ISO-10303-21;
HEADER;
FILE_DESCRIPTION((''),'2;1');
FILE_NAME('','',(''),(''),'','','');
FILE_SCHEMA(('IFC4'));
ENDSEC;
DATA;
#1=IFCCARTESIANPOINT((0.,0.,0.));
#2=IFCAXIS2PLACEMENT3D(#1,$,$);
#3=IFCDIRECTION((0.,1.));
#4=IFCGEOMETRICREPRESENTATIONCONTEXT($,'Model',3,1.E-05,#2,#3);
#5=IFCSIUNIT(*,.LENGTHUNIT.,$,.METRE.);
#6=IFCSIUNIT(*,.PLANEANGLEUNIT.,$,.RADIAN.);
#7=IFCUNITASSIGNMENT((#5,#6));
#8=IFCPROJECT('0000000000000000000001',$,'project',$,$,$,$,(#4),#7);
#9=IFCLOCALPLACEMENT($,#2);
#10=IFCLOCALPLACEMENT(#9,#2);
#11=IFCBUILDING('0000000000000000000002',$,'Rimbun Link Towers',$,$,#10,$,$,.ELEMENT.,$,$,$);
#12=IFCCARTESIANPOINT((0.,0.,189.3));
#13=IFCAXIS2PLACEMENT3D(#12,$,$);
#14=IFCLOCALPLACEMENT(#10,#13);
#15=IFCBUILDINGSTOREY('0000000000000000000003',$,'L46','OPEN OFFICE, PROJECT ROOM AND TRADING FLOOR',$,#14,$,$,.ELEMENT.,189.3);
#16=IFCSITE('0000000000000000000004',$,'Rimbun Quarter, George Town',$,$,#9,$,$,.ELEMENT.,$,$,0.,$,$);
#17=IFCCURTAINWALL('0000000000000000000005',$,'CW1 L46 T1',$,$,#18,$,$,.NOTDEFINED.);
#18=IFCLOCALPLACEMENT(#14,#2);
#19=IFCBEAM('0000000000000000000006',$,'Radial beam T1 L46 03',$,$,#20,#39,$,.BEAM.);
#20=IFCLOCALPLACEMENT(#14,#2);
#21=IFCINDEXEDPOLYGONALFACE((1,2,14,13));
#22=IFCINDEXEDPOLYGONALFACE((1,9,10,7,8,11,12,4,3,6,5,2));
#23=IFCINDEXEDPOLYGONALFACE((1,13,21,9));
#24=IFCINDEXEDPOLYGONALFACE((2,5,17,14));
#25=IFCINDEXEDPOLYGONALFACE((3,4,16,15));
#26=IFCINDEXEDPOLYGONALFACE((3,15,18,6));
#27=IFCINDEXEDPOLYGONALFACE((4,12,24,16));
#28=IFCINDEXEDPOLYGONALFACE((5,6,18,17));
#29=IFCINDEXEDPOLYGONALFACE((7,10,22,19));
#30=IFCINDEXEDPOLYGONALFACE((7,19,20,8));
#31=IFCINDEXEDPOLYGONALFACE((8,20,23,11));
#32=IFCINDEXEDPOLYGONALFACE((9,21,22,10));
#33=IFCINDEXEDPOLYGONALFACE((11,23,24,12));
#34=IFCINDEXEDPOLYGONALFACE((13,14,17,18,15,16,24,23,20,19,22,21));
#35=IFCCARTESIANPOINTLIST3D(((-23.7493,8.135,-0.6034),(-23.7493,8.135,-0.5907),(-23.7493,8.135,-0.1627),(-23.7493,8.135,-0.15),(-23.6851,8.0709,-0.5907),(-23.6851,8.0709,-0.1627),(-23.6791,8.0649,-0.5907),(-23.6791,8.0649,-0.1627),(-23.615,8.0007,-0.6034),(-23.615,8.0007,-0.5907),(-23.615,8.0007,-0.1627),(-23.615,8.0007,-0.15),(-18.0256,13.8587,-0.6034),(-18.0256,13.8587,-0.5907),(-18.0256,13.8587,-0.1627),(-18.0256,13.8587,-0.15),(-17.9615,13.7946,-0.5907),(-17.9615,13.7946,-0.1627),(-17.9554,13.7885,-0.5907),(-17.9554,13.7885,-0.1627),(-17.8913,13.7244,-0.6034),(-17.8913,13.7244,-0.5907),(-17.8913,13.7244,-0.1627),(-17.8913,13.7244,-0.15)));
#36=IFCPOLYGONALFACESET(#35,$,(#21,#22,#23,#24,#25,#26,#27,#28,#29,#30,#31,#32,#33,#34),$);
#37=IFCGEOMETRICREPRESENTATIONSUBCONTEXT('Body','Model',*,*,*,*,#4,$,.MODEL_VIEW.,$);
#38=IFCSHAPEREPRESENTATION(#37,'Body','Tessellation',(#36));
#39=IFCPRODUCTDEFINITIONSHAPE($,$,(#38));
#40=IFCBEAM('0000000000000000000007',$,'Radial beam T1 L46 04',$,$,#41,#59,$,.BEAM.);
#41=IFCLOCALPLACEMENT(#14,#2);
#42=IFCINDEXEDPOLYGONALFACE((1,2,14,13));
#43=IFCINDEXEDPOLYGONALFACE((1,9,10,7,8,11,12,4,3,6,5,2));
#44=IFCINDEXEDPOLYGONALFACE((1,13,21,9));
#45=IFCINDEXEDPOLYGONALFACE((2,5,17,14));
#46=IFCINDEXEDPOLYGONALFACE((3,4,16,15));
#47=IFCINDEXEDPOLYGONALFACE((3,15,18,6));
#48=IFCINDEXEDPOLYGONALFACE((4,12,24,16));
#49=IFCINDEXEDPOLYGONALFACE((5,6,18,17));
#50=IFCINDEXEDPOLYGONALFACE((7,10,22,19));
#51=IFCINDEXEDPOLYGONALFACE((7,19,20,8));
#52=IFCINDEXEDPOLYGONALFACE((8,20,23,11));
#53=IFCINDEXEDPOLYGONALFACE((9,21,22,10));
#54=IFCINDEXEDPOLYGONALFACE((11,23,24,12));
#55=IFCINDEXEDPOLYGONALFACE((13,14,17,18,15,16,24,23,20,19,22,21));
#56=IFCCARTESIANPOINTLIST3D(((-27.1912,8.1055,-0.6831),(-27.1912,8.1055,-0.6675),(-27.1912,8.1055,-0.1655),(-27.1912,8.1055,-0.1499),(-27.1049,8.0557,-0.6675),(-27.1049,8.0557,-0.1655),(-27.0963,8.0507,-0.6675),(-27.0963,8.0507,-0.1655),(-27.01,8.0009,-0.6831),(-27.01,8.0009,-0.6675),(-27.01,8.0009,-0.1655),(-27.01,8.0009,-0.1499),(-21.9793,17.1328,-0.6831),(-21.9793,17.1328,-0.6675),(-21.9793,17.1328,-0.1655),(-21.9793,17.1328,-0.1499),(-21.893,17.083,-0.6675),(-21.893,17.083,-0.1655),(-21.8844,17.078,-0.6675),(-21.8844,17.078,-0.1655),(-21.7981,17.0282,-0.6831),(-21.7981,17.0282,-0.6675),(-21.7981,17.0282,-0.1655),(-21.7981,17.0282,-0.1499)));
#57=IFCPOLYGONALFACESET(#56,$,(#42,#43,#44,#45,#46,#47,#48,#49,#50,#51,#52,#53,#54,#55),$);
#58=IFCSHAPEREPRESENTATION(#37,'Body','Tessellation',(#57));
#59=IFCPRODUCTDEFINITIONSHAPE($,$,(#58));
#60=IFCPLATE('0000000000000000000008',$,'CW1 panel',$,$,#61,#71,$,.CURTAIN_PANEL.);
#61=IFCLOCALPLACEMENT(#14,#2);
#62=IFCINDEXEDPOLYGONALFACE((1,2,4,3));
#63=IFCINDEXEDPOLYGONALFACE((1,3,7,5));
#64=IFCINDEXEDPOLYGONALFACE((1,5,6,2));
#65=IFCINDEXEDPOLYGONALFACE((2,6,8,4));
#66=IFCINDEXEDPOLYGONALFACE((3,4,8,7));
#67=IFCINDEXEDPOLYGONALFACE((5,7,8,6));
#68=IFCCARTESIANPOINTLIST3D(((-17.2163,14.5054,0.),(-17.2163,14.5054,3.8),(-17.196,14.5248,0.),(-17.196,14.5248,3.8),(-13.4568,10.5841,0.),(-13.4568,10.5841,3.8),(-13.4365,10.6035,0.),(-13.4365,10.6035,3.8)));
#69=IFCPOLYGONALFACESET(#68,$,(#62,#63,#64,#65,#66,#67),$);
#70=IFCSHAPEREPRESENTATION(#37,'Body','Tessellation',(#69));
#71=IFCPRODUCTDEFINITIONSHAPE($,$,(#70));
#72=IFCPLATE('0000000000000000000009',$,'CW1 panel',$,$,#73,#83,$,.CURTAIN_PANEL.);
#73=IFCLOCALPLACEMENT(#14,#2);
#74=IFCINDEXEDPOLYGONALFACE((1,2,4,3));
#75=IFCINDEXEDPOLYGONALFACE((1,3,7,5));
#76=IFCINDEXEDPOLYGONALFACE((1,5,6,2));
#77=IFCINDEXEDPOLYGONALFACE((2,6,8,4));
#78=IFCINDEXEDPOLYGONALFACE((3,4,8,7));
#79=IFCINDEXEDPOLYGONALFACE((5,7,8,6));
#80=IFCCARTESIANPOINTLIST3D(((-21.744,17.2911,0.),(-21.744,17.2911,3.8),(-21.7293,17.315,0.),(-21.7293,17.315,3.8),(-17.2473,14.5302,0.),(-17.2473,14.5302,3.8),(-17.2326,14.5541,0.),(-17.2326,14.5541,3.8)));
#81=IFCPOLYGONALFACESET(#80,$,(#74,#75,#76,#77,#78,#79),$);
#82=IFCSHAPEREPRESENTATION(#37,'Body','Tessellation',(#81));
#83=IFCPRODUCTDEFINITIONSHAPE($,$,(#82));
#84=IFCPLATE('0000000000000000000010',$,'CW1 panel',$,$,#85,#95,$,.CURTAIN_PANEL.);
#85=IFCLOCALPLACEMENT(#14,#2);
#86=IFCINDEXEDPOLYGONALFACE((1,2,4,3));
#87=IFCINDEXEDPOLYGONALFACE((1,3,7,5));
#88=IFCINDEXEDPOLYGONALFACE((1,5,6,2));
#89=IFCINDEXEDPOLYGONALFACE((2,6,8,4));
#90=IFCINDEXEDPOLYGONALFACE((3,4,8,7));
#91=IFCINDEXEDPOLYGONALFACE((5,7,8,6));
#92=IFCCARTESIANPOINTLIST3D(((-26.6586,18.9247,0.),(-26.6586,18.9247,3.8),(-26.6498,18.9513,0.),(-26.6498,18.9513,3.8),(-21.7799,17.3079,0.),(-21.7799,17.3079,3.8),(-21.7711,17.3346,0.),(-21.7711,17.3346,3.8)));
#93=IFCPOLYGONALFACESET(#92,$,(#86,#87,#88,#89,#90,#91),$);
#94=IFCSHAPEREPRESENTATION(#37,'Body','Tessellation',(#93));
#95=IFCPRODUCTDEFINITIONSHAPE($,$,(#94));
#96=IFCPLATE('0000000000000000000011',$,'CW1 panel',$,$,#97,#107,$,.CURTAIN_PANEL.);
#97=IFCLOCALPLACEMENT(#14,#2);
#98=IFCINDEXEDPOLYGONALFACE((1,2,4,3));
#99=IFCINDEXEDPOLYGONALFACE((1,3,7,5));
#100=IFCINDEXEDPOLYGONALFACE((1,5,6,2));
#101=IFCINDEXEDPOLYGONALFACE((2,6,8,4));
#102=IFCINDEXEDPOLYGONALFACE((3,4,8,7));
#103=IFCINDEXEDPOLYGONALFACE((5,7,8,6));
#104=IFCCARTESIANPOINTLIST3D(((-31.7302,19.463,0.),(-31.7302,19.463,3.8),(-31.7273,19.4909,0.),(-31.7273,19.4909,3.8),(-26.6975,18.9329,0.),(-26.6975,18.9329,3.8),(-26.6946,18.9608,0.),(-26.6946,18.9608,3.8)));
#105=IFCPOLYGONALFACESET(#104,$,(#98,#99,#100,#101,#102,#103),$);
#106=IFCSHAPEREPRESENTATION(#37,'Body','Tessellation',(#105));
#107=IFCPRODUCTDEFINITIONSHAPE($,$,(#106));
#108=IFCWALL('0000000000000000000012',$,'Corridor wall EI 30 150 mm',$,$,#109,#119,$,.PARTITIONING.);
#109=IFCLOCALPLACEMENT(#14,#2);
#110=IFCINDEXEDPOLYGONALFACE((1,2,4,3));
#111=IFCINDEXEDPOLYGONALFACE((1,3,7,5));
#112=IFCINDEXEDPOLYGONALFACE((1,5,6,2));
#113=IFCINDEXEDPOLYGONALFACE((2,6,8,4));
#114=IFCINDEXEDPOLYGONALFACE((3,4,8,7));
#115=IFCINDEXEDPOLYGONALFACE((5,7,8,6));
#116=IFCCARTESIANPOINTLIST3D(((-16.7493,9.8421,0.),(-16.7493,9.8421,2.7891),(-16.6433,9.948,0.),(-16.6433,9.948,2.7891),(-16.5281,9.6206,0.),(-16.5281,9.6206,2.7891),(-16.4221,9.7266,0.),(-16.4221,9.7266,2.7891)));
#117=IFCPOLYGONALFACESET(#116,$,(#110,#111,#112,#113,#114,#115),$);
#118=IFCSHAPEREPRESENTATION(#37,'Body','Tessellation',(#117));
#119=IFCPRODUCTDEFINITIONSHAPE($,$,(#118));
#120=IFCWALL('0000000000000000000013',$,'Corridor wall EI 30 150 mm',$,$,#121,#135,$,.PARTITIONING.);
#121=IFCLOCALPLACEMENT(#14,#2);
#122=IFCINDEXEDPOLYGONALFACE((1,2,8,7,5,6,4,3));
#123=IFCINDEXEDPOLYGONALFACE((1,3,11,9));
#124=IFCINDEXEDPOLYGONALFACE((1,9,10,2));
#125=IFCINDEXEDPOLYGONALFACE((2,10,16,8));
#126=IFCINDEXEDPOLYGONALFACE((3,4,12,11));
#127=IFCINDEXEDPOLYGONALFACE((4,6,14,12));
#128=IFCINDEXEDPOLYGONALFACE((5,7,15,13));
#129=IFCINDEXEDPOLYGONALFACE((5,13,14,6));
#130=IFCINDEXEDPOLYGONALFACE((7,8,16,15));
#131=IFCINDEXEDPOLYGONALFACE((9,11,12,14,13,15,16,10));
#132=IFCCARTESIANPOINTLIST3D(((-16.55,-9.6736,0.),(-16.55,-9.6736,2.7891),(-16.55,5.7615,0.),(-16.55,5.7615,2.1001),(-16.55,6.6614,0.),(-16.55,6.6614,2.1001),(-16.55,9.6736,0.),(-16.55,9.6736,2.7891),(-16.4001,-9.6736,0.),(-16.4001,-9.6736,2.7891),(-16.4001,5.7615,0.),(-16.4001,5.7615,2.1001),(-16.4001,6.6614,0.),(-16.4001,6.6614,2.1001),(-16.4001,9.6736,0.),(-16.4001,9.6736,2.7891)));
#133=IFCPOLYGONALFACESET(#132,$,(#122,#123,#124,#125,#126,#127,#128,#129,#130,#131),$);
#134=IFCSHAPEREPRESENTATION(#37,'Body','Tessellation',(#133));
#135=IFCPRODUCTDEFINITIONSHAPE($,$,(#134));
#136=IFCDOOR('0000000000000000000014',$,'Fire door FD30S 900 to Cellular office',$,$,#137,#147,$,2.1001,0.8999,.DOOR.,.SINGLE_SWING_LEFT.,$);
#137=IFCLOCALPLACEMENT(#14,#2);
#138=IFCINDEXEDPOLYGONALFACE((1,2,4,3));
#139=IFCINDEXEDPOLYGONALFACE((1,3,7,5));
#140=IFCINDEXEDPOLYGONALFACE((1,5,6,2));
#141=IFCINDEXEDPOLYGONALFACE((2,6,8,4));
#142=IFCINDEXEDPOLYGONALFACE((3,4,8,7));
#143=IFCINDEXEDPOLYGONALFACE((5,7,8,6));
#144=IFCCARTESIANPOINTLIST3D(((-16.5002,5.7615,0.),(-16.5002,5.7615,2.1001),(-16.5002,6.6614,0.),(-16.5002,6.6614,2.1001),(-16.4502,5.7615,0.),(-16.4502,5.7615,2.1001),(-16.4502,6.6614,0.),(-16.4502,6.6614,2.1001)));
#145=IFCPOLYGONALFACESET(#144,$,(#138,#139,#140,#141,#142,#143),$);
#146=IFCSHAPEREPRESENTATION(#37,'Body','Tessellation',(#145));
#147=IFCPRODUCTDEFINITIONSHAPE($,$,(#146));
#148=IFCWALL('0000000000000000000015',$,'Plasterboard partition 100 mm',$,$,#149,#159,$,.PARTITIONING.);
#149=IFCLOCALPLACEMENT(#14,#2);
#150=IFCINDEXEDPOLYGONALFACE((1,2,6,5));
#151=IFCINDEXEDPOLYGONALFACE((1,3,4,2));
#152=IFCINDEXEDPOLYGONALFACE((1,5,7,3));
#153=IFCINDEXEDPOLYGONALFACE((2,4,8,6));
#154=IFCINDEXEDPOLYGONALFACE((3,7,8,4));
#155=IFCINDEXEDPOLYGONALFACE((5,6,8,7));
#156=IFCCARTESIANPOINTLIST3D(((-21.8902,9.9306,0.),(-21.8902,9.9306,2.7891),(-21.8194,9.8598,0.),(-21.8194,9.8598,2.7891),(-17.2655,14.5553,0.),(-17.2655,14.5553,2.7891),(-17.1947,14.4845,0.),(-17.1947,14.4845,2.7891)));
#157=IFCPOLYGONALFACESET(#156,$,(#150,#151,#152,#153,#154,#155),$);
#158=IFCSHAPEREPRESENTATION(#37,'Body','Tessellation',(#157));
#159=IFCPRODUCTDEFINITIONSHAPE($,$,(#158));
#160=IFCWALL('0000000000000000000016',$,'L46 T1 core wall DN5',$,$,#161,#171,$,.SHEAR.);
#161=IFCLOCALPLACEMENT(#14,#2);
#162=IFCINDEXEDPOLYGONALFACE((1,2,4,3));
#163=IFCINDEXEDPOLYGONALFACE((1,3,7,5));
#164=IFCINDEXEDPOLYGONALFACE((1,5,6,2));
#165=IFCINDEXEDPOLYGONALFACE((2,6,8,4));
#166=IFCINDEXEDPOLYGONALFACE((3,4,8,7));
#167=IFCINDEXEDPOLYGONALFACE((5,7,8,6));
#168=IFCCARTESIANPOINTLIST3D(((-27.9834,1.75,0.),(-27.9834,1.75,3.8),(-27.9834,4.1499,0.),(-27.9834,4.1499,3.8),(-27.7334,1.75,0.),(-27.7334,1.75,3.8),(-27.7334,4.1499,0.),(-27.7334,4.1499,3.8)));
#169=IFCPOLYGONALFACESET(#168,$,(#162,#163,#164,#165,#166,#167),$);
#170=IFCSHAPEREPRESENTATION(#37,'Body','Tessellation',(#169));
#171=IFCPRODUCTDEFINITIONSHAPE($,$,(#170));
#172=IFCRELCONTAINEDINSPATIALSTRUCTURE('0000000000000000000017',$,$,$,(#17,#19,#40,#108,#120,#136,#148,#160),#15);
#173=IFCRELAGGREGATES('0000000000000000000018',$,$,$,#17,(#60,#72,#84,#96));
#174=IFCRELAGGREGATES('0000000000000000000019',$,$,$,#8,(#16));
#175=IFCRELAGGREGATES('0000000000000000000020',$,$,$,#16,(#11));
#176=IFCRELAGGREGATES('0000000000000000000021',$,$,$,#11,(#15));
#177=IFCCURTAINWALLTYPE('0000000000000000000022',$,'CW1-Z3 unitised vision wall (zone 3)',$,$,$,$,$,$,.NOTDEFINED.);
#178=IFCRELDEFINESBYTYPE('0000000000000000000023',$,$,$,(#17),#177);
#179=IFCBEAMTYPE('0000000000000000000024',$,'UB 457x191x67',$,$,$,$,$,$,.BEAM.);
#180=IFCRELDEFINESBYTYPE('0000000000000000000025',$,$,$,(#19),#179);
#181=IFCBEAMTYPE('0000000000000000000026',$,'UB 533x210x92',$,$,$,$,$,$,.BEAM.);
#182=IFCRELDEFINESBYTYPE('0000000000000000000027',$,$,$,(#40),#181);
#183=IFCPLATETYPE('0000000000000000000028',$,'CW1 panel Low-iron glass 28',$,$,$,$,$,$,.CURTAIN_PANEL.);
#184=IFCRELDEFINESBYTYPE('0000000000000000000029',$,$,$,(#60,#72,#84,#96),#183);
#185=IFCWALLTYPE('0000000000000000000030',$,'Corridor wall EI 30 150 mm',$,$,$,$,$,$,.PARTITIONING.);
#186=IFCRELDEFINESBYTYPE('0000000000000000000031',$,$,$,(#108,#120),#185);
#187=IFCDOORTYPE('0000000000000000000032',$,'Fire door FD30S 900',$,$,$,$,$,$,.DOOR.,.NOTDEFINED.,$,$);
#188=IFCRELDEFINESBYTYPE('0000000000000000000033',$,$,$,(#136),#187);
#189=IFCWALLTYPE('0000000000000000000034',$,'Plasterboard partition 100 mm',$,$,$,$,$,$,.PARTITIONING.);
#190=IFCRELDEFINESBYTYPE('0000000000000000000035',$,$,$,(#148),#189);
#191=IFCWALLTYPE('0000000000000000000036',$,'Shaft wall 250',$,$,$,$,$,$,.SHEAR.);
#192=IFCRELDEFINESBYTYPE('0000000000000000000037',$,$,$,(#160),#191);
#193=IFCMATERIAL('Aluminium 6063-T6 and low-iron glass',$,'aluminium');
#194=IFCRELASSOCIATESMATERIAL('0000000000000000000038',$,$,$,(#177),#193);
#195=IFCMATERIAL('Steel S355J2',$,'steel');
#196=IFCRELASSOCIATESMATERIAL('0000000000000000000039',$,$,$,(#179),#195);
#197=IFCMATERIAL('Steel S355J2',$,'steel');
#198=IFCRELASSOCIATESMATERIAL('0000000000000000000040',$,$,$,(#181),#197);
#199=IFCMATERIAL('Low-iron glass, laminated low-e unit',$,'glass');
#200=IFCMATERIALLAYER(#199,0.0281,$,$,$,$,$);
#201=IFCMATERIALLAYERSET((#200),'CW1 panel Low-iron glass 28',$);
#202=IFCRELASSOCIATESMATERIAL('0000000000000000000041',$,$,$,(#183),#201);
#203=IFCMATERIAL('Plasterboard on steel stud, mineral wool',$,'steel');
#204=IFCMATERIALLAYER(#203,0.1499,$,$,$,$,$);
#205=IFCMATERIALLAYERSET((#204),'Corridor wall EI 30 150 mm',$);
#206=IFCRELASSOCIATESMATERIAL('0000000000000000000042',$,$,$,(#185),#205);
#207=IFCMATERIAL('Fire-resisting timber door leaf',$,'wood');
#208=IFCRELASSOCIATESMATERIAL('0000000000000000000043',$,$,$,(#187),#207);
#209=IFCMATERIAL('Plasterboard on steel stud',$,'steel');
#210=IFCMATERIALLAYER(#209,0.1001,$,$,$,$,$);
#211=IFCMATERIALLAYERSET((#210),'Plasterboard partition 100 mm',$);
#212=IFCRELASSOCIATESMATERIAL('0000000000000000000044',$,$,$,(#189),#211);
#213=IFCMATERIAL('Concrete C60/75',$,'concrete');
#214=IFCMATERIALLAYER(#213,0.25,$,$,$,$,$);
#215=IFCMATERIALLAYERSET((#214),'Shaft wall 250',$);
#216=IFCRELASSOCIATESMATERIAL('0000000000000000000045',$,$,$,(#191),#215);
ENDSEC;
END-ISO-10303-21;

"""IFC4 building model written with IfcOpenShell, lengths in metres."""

from ifc_helpers import new_model, si_unit, direction, frame, frame_2d, origin, origin_2d, place, context, subcontext, project, spatial, rectangle, i_section, extrude, material, layer, layer_set, material_profile, profile_set, type_object, element, fill, aggregate, save


model = new_model("IFC4")

# Units and contexts
model_context = context("Model", 3, precision=1e-05, world=origin(), true_north=direction((0.0, 1.0)))
body_context = subcontext(model_context, "Body", "Model", "MODEL_VIEW")
ifc_project = project(units=[si_unit("LENGTHUNIT", "METRE"), si_unit("PLANEANGLEUNIT", "RADIAN")], contexts=[model_context])

# Site, building, storey
site_placement = place(None, origin())
site = spatial("IfcSite", under=ifc_project, at=site_placement, Name="Rimbun Quarter, George Town", CompositionType="ELEMENT", RefElevation=0.0)
building_placement = place(site_placement, origin())
building = spatial("IfcBuilding", under=site, at=building_placement, Name="Rimbun Link Towers", CompositionType="ELEMENT")
storey_placement = place(building_placement, frame((0.0, 0.0, 189.3)))
storey = spatial("IfcBuildingStorey", under=building, at=storey_placement, Name="L46", Description="OPEN OFFICE, PROJECT ROOM AND TRADING FLOOR", CompositionType="ELEMENT", Elevation=189.3)

# Curtain wall
ifc_material_1 = material(Name="Aluminium 6063-T6 and low-iron glass", Category="aluminium")
curtain_wall_type = type_object("IfcCurtainWallType", Name="CW1-Z3 unitised vision wall (zone 3)", PredefinedType="NOTDEFINED", material=ifc_material_1)
curtain_wall_placement = place(storey_placement, origin())
curtain_wall = element("IfcCurtainWall", 1, at=curtain_wall_placement, inside=storey, type_object=curtain_wall_type, Name="CW1 L46 T1", PredefinedType="NOTDEFINED")

# Beams
ifc_material_2 = material(Name="Steel S355J2", Category="steel")
ifc_material_profile_1 = material_profile(ifc_material_2, i_section(OverallWidth=0.1899, OverallDepth=0.4534, WebThickness=0.0085, FlangeThickness=0.0127, at=origin_2d()), Name="UB 457x191x67")
ifc_profile_set_1 = profile_set([ifc_material_profile_1], Name="Steel S355J2")
beam_type_1 = type_object("IfcBeamType", Name="UB 457x191x67", PredefinedType="BEAM", material=ifc_profile_set_1)
beam_1_placement = place(storey_placement, frame((-23.6821, 8.0679, -0.3767), z_axis=(0.707107, 0.707107, 0.0), x_axis=(-0.707107, 0.707107, 0.0)))
element("IfcBeam", 2, at=beam_1_placement, inside=storey, type_object=beam_type_1, Name="Radial beam T1 L46 03", PredefinedType="BEAM", context=body_context, shape_type="SweptSolid", body=[
    extrude(i_section(OverallWidth=0.1899, OverallDepth=0.4534, WebThickness=0.0085, FlangeThickness=0.0127, at=origin_2d()), origin(), (0.0, 0.0, 1.0), 8.0945),
])
ifc_material_3 = material(Name="Steel S355J2", Category="steel")
ifc_material_profile_2 = material_profile(ifc_material_3, i_section(OverallWidth=0.2092, OverallDepth=0.5332, WebThickness=0.01, FlangeThickness=0.0156, at=origin_2d()), Name="UB 533x210x92")
ifc_profile_set_2 = profile_set([ifc_material_profile_2], Name="Steel S355J2")
beam_type_2 = type_object("IfcBeamType", Name="UB 533x210x92", PredefinedType="BEAM", material=ifc_profile_set_2)
beam_2_placement = place(storey_placement, frame((-27.1006, 8.0532, -0.4165), z_axis=(0.499998, 0.866026, 0.0), x_axis=(-0.866026, 0.499998, 0.0)))
element("IfcBeam", 3, at=beam_2_placement, inside=storey, type_object=beam_type_2, Name="Radial beam T1 L46 04", PredefinedType="BEAM", context=body_context, shape_type="SweptSolid", body=[
    extrude(i_section(OverallWidth=0.2092, OverallDepth=0.5332, WebThickness=0.01, FlangeThickness=0.0156, at=origin_2d()), origin(), (0.0, 0.0, 1.0), 10.4238),
])

# Plates
ifc_material_4 = material(Name="Low-iron glass, laminated low-e unit", Category="glass")
ifc_layer_1 = layer(ifc_material_4, 0.0281)
ifc_layer_set_1 = layer_set([ifc_layer_1], Name="CW1 panel Low-iron glass 28")
plate_type = type_object("IfcPlateType", Name="CW1 panel Low-iron glass 28", PredefinedType="CURTAIN_PANEL", material=ifc_layer_set_1)
plate_1_placement = place(storey_placement, frame((-15.3264, 12.5544, 0.0), z_axis=(0.0, 0.0, 1.0), x_axis=(0.692057, -0.721843, 0.0)))
plate_1 = element("IfcPlate", 4, at=plate_1_placement, type_object=plate_type, Name="CW1 panel", PredefinedType="CURTAIN_PANEL", context=body_context, shape_type="SweptSolid", body=[
    extrude(rectangle(XDim=5.4324, YDim=0.0281, at=origin_2d()), origin(), (0.0, 0.0, 1.0), 3.8),
])
plate_2_placement = place(storey_placement, frame((-19.4883, 15.9226, 0.0), z_axis=(0.0, 0.0, 1.0), x_axis=(0.852189, -0.523235, 0.0)))
plate_2 = element("IfcPlate", 5, at=plate_2_placement, type_object=plate_type, Name="CW1 panel", PredefinedType="CURTAIN_PANEL", context=body_context, shape_type="SweptSolid", body=[
    extrude(rectangle(XDim=5.2766, YDim=0.0281, at=origin_2d()), origin(), (0.0, 0.0, 1.0), 3.8),
])
plate_3_placement = place(storey_placement, frame((-24.2148, 18.1296, 0.0), z_axis=(0.0, 0.0, 1.0), x_axis=(0.949236, -0.314565, 0.0)))
plate_3 = element("IfcPlate", 6, at=plate_3_placement, type_object=plate_type, Name="CW1 panel", PredefinedType="CURTAIN_PANEL", context=body_context, shape_type="SweptSolid", body=[
    extrude(rectangle(XDim=5.1396, YDim=0.0281, at=origin_2d()), origin(), (0.0, 0.0, 1.0), 3.8),
])
plate_4_placement = place(storey_placement, frame((-29.2124, 19.2119, 0.0), z_axis=(0.0, 0.0, 1.0), x_axis=(0.994498, -0.104753, 0.0)))
plate_4 = element("IfcPlate", 7, at=plate_4_placement, type_object=plate_type, Name="CW1 panel", PredefinedType="CURTAIN_PANEL", context=body_context, shape_type="SweptSolid", body=[
    extrude(rectangle(XDim=5.0605, YDim=0.0281, at=origin_2d()), origin(), (0.0, 0.0, 1.0), 3.8),
])
aggregate(curtain_wall, [plate_1, plate_2, plate_3, plate_4])

# Wall
ifc_material_5 = material(Name="Plasterboard on steel stud, mineral wool", Category="steel")
ifc_layer_2 = layer(ifc_material_5, 0.1499)
ifc_layer_set_2 = layer_set([ifc_layer_2], Name="Corridor wall EI 30 150 mm")
wall_type_1 = type_object("IfcWallType", Name="Corridor wall EI 30 150 mm", PredefinedType="PARTITIONING", material=ifc_layer_set_2)
wall_1_placement = place(storey_placement, frame((-16.4751, 9.6736, 0.0), z_axis=(0.0, 0.0, 1.0), x_axis=(-0.706717, 0.707497, 0.0)))
element("IfcWall", 8, at=wall_1_placement, inside=storey, type_object=wall_type_1, Name="Corridor wall EI 30 150 mm", PredefinedType="PARTITIONING", context=body_context, shape_type="SweptSolid", body=[
    extrude(rectangle(XDim=0.313, YDim=0.1499, at=frame_2d((0.1565, 0.0))), origin(), (0.0, 0.0, 1.0), 2.7891),
])

# Wall, opening, door
wall_2_placement = place(storey_placement, frame((-16.4751, 9.6736, 0.0), z_axis=(0.0, 0.0, 1.0), x_axis=(0.0, -1.0, 0.0)))
wall_2 = element("IfcWall", 9, at=wall_2_placement, inside=storey, type_object=wall_type_1, Name="Corridor wall EI 30 150 mm", PredefinedType="PARTITIONING", context=body_context, shape_type="SweptSolid", body=[
    extrude(rectangle(XDim=19.3472, YDim=0.1499, at=frame_2d((9.6736, 0.0))), origin(), (0.0, 0.0, 1.0), 2.7891),
])
opening_1_placement = place(wall_2_placement, frame((3.0122, 0.0, 0.0)))
opening_1 = element("IfcOpeningElement", 10, at=opening_1_placement, cuts=wall_2, PredefinedType="OPENING", context=body_context, shape_type="SweptSolid", body=[
    extrude(rectangle(XDim=0.8999, YDim=2.1001, at=frame_2d((0.45, 1.05))), frame((0.0, 0.085, 0.0), z_axis=(0.0, -1.0, 0.0), x_axis=(1.0, 0.0, 0.0)), (0.0, 0.0, 1.0), 0.1699),
])
ifc_material_6 = material(Name="Fire-resisting timber door leaf", Category="wood")
door_type_1 = type_object("IfcDoorType", Name="Fire door FD30S 900", OperationType="NOTDEFINED", PredefinedType="DOOR", material=ifc_material_6)
door_1_placement = place(opening_1_placement, origin())
door_1 = element("IfcDoor", 11, at=door_1_placement, inside=storey, type_object=door_type_1, Name="Fire door FD30S 900 to Cellular office", OperationType="SINGLE_SWING_LEFT", OverallHeight=2.1001, OverallWidth=0.8999, PredefinedType="DOOR", context=body_context, shape_type="SweptSolid", body=[
    extrude(rectangle(XDim=0.8999, YDim=2.1001, at=frame_2d((0.45, 1.05))), frame((0.0, 0.0249, 0.0), z_axis=(0.0, -1.0, 0.0), x_axis=(1.0, 0.0, 0.0)), (0.0, 0.0, 1.0), 0.05),
])
fill(opening_1, door_1)

# Walls
ifc_material_7 = material(Name="Plasterboard on steel stud", Category="steel")
ifc_layer_3 = layer(ifc_material_7, 0.1001)
ifc_layer_set_3 = layer_set([ifc_layer_3], Name="Plasterboard partition 100 mm")
wall_type_2 = type_object("IfcWallType", Name="Plasterboard partition 100 mm", PredefinedType="PARTITIONING", material=ifc_layer_set_3)
wall_3_placement = place(storey_placement, frame((-17.2302, 14.5198, 0.0), z_axis=(0.0, 0.0, 1.0), x_axis=(-0.707107, -0.707107, 0.0)))
element("IfcWall", 12, at=wall_3_placement, inside=storey, type_object=wall_type_2, Name="Plasterboard partition 100 mm", PredefinedType="PARTITIONING", context=body_context, shape_type="SweptSolid", body=[
    extrude(rectangle(XDim=6.5403, YDim=0.1001, at=frame_2d((3.27, 0.0))), origin(), (0.0, 0.0, 1.0), 2.7891),
])
ifc_material_8 = material(Name="Concrete C60/75", Category="concrete")
ifc_layer_4 = layer(ifc_material_8, 0.25)
ifc_layer_set_4 = layer_set([ifc_layer_4], Name="Shaft wall 250")
wall_type_3 = type_object("IfcWallType", Name="Shaft wall 250", PredefinedType="SHEAR", material=ifc_layer_set_4)
wall_4_placement = place(storey_placement, frame((-27.8584, 1.75, 0.0), z_axis=(0.0, 0.0, 1.0), x_axis=(0.0, 1.0, 0.0)))
element("IfcWall", 13, at=wall_4_placement, inside=storey, type_object=wall_type_3, Name="L46 T1 core wall DN5", PredefinedType="SHEAR", context=body_context, shape_type="SweptSolid", body=[
    extrude(rectangle(XDim=2.3999, YDim=0.25, at=frame_2d((1.2, 0.0))), origin(), (0.0, 0.0, 1.0), 3.8),
])

save(model, "model.ifc")
